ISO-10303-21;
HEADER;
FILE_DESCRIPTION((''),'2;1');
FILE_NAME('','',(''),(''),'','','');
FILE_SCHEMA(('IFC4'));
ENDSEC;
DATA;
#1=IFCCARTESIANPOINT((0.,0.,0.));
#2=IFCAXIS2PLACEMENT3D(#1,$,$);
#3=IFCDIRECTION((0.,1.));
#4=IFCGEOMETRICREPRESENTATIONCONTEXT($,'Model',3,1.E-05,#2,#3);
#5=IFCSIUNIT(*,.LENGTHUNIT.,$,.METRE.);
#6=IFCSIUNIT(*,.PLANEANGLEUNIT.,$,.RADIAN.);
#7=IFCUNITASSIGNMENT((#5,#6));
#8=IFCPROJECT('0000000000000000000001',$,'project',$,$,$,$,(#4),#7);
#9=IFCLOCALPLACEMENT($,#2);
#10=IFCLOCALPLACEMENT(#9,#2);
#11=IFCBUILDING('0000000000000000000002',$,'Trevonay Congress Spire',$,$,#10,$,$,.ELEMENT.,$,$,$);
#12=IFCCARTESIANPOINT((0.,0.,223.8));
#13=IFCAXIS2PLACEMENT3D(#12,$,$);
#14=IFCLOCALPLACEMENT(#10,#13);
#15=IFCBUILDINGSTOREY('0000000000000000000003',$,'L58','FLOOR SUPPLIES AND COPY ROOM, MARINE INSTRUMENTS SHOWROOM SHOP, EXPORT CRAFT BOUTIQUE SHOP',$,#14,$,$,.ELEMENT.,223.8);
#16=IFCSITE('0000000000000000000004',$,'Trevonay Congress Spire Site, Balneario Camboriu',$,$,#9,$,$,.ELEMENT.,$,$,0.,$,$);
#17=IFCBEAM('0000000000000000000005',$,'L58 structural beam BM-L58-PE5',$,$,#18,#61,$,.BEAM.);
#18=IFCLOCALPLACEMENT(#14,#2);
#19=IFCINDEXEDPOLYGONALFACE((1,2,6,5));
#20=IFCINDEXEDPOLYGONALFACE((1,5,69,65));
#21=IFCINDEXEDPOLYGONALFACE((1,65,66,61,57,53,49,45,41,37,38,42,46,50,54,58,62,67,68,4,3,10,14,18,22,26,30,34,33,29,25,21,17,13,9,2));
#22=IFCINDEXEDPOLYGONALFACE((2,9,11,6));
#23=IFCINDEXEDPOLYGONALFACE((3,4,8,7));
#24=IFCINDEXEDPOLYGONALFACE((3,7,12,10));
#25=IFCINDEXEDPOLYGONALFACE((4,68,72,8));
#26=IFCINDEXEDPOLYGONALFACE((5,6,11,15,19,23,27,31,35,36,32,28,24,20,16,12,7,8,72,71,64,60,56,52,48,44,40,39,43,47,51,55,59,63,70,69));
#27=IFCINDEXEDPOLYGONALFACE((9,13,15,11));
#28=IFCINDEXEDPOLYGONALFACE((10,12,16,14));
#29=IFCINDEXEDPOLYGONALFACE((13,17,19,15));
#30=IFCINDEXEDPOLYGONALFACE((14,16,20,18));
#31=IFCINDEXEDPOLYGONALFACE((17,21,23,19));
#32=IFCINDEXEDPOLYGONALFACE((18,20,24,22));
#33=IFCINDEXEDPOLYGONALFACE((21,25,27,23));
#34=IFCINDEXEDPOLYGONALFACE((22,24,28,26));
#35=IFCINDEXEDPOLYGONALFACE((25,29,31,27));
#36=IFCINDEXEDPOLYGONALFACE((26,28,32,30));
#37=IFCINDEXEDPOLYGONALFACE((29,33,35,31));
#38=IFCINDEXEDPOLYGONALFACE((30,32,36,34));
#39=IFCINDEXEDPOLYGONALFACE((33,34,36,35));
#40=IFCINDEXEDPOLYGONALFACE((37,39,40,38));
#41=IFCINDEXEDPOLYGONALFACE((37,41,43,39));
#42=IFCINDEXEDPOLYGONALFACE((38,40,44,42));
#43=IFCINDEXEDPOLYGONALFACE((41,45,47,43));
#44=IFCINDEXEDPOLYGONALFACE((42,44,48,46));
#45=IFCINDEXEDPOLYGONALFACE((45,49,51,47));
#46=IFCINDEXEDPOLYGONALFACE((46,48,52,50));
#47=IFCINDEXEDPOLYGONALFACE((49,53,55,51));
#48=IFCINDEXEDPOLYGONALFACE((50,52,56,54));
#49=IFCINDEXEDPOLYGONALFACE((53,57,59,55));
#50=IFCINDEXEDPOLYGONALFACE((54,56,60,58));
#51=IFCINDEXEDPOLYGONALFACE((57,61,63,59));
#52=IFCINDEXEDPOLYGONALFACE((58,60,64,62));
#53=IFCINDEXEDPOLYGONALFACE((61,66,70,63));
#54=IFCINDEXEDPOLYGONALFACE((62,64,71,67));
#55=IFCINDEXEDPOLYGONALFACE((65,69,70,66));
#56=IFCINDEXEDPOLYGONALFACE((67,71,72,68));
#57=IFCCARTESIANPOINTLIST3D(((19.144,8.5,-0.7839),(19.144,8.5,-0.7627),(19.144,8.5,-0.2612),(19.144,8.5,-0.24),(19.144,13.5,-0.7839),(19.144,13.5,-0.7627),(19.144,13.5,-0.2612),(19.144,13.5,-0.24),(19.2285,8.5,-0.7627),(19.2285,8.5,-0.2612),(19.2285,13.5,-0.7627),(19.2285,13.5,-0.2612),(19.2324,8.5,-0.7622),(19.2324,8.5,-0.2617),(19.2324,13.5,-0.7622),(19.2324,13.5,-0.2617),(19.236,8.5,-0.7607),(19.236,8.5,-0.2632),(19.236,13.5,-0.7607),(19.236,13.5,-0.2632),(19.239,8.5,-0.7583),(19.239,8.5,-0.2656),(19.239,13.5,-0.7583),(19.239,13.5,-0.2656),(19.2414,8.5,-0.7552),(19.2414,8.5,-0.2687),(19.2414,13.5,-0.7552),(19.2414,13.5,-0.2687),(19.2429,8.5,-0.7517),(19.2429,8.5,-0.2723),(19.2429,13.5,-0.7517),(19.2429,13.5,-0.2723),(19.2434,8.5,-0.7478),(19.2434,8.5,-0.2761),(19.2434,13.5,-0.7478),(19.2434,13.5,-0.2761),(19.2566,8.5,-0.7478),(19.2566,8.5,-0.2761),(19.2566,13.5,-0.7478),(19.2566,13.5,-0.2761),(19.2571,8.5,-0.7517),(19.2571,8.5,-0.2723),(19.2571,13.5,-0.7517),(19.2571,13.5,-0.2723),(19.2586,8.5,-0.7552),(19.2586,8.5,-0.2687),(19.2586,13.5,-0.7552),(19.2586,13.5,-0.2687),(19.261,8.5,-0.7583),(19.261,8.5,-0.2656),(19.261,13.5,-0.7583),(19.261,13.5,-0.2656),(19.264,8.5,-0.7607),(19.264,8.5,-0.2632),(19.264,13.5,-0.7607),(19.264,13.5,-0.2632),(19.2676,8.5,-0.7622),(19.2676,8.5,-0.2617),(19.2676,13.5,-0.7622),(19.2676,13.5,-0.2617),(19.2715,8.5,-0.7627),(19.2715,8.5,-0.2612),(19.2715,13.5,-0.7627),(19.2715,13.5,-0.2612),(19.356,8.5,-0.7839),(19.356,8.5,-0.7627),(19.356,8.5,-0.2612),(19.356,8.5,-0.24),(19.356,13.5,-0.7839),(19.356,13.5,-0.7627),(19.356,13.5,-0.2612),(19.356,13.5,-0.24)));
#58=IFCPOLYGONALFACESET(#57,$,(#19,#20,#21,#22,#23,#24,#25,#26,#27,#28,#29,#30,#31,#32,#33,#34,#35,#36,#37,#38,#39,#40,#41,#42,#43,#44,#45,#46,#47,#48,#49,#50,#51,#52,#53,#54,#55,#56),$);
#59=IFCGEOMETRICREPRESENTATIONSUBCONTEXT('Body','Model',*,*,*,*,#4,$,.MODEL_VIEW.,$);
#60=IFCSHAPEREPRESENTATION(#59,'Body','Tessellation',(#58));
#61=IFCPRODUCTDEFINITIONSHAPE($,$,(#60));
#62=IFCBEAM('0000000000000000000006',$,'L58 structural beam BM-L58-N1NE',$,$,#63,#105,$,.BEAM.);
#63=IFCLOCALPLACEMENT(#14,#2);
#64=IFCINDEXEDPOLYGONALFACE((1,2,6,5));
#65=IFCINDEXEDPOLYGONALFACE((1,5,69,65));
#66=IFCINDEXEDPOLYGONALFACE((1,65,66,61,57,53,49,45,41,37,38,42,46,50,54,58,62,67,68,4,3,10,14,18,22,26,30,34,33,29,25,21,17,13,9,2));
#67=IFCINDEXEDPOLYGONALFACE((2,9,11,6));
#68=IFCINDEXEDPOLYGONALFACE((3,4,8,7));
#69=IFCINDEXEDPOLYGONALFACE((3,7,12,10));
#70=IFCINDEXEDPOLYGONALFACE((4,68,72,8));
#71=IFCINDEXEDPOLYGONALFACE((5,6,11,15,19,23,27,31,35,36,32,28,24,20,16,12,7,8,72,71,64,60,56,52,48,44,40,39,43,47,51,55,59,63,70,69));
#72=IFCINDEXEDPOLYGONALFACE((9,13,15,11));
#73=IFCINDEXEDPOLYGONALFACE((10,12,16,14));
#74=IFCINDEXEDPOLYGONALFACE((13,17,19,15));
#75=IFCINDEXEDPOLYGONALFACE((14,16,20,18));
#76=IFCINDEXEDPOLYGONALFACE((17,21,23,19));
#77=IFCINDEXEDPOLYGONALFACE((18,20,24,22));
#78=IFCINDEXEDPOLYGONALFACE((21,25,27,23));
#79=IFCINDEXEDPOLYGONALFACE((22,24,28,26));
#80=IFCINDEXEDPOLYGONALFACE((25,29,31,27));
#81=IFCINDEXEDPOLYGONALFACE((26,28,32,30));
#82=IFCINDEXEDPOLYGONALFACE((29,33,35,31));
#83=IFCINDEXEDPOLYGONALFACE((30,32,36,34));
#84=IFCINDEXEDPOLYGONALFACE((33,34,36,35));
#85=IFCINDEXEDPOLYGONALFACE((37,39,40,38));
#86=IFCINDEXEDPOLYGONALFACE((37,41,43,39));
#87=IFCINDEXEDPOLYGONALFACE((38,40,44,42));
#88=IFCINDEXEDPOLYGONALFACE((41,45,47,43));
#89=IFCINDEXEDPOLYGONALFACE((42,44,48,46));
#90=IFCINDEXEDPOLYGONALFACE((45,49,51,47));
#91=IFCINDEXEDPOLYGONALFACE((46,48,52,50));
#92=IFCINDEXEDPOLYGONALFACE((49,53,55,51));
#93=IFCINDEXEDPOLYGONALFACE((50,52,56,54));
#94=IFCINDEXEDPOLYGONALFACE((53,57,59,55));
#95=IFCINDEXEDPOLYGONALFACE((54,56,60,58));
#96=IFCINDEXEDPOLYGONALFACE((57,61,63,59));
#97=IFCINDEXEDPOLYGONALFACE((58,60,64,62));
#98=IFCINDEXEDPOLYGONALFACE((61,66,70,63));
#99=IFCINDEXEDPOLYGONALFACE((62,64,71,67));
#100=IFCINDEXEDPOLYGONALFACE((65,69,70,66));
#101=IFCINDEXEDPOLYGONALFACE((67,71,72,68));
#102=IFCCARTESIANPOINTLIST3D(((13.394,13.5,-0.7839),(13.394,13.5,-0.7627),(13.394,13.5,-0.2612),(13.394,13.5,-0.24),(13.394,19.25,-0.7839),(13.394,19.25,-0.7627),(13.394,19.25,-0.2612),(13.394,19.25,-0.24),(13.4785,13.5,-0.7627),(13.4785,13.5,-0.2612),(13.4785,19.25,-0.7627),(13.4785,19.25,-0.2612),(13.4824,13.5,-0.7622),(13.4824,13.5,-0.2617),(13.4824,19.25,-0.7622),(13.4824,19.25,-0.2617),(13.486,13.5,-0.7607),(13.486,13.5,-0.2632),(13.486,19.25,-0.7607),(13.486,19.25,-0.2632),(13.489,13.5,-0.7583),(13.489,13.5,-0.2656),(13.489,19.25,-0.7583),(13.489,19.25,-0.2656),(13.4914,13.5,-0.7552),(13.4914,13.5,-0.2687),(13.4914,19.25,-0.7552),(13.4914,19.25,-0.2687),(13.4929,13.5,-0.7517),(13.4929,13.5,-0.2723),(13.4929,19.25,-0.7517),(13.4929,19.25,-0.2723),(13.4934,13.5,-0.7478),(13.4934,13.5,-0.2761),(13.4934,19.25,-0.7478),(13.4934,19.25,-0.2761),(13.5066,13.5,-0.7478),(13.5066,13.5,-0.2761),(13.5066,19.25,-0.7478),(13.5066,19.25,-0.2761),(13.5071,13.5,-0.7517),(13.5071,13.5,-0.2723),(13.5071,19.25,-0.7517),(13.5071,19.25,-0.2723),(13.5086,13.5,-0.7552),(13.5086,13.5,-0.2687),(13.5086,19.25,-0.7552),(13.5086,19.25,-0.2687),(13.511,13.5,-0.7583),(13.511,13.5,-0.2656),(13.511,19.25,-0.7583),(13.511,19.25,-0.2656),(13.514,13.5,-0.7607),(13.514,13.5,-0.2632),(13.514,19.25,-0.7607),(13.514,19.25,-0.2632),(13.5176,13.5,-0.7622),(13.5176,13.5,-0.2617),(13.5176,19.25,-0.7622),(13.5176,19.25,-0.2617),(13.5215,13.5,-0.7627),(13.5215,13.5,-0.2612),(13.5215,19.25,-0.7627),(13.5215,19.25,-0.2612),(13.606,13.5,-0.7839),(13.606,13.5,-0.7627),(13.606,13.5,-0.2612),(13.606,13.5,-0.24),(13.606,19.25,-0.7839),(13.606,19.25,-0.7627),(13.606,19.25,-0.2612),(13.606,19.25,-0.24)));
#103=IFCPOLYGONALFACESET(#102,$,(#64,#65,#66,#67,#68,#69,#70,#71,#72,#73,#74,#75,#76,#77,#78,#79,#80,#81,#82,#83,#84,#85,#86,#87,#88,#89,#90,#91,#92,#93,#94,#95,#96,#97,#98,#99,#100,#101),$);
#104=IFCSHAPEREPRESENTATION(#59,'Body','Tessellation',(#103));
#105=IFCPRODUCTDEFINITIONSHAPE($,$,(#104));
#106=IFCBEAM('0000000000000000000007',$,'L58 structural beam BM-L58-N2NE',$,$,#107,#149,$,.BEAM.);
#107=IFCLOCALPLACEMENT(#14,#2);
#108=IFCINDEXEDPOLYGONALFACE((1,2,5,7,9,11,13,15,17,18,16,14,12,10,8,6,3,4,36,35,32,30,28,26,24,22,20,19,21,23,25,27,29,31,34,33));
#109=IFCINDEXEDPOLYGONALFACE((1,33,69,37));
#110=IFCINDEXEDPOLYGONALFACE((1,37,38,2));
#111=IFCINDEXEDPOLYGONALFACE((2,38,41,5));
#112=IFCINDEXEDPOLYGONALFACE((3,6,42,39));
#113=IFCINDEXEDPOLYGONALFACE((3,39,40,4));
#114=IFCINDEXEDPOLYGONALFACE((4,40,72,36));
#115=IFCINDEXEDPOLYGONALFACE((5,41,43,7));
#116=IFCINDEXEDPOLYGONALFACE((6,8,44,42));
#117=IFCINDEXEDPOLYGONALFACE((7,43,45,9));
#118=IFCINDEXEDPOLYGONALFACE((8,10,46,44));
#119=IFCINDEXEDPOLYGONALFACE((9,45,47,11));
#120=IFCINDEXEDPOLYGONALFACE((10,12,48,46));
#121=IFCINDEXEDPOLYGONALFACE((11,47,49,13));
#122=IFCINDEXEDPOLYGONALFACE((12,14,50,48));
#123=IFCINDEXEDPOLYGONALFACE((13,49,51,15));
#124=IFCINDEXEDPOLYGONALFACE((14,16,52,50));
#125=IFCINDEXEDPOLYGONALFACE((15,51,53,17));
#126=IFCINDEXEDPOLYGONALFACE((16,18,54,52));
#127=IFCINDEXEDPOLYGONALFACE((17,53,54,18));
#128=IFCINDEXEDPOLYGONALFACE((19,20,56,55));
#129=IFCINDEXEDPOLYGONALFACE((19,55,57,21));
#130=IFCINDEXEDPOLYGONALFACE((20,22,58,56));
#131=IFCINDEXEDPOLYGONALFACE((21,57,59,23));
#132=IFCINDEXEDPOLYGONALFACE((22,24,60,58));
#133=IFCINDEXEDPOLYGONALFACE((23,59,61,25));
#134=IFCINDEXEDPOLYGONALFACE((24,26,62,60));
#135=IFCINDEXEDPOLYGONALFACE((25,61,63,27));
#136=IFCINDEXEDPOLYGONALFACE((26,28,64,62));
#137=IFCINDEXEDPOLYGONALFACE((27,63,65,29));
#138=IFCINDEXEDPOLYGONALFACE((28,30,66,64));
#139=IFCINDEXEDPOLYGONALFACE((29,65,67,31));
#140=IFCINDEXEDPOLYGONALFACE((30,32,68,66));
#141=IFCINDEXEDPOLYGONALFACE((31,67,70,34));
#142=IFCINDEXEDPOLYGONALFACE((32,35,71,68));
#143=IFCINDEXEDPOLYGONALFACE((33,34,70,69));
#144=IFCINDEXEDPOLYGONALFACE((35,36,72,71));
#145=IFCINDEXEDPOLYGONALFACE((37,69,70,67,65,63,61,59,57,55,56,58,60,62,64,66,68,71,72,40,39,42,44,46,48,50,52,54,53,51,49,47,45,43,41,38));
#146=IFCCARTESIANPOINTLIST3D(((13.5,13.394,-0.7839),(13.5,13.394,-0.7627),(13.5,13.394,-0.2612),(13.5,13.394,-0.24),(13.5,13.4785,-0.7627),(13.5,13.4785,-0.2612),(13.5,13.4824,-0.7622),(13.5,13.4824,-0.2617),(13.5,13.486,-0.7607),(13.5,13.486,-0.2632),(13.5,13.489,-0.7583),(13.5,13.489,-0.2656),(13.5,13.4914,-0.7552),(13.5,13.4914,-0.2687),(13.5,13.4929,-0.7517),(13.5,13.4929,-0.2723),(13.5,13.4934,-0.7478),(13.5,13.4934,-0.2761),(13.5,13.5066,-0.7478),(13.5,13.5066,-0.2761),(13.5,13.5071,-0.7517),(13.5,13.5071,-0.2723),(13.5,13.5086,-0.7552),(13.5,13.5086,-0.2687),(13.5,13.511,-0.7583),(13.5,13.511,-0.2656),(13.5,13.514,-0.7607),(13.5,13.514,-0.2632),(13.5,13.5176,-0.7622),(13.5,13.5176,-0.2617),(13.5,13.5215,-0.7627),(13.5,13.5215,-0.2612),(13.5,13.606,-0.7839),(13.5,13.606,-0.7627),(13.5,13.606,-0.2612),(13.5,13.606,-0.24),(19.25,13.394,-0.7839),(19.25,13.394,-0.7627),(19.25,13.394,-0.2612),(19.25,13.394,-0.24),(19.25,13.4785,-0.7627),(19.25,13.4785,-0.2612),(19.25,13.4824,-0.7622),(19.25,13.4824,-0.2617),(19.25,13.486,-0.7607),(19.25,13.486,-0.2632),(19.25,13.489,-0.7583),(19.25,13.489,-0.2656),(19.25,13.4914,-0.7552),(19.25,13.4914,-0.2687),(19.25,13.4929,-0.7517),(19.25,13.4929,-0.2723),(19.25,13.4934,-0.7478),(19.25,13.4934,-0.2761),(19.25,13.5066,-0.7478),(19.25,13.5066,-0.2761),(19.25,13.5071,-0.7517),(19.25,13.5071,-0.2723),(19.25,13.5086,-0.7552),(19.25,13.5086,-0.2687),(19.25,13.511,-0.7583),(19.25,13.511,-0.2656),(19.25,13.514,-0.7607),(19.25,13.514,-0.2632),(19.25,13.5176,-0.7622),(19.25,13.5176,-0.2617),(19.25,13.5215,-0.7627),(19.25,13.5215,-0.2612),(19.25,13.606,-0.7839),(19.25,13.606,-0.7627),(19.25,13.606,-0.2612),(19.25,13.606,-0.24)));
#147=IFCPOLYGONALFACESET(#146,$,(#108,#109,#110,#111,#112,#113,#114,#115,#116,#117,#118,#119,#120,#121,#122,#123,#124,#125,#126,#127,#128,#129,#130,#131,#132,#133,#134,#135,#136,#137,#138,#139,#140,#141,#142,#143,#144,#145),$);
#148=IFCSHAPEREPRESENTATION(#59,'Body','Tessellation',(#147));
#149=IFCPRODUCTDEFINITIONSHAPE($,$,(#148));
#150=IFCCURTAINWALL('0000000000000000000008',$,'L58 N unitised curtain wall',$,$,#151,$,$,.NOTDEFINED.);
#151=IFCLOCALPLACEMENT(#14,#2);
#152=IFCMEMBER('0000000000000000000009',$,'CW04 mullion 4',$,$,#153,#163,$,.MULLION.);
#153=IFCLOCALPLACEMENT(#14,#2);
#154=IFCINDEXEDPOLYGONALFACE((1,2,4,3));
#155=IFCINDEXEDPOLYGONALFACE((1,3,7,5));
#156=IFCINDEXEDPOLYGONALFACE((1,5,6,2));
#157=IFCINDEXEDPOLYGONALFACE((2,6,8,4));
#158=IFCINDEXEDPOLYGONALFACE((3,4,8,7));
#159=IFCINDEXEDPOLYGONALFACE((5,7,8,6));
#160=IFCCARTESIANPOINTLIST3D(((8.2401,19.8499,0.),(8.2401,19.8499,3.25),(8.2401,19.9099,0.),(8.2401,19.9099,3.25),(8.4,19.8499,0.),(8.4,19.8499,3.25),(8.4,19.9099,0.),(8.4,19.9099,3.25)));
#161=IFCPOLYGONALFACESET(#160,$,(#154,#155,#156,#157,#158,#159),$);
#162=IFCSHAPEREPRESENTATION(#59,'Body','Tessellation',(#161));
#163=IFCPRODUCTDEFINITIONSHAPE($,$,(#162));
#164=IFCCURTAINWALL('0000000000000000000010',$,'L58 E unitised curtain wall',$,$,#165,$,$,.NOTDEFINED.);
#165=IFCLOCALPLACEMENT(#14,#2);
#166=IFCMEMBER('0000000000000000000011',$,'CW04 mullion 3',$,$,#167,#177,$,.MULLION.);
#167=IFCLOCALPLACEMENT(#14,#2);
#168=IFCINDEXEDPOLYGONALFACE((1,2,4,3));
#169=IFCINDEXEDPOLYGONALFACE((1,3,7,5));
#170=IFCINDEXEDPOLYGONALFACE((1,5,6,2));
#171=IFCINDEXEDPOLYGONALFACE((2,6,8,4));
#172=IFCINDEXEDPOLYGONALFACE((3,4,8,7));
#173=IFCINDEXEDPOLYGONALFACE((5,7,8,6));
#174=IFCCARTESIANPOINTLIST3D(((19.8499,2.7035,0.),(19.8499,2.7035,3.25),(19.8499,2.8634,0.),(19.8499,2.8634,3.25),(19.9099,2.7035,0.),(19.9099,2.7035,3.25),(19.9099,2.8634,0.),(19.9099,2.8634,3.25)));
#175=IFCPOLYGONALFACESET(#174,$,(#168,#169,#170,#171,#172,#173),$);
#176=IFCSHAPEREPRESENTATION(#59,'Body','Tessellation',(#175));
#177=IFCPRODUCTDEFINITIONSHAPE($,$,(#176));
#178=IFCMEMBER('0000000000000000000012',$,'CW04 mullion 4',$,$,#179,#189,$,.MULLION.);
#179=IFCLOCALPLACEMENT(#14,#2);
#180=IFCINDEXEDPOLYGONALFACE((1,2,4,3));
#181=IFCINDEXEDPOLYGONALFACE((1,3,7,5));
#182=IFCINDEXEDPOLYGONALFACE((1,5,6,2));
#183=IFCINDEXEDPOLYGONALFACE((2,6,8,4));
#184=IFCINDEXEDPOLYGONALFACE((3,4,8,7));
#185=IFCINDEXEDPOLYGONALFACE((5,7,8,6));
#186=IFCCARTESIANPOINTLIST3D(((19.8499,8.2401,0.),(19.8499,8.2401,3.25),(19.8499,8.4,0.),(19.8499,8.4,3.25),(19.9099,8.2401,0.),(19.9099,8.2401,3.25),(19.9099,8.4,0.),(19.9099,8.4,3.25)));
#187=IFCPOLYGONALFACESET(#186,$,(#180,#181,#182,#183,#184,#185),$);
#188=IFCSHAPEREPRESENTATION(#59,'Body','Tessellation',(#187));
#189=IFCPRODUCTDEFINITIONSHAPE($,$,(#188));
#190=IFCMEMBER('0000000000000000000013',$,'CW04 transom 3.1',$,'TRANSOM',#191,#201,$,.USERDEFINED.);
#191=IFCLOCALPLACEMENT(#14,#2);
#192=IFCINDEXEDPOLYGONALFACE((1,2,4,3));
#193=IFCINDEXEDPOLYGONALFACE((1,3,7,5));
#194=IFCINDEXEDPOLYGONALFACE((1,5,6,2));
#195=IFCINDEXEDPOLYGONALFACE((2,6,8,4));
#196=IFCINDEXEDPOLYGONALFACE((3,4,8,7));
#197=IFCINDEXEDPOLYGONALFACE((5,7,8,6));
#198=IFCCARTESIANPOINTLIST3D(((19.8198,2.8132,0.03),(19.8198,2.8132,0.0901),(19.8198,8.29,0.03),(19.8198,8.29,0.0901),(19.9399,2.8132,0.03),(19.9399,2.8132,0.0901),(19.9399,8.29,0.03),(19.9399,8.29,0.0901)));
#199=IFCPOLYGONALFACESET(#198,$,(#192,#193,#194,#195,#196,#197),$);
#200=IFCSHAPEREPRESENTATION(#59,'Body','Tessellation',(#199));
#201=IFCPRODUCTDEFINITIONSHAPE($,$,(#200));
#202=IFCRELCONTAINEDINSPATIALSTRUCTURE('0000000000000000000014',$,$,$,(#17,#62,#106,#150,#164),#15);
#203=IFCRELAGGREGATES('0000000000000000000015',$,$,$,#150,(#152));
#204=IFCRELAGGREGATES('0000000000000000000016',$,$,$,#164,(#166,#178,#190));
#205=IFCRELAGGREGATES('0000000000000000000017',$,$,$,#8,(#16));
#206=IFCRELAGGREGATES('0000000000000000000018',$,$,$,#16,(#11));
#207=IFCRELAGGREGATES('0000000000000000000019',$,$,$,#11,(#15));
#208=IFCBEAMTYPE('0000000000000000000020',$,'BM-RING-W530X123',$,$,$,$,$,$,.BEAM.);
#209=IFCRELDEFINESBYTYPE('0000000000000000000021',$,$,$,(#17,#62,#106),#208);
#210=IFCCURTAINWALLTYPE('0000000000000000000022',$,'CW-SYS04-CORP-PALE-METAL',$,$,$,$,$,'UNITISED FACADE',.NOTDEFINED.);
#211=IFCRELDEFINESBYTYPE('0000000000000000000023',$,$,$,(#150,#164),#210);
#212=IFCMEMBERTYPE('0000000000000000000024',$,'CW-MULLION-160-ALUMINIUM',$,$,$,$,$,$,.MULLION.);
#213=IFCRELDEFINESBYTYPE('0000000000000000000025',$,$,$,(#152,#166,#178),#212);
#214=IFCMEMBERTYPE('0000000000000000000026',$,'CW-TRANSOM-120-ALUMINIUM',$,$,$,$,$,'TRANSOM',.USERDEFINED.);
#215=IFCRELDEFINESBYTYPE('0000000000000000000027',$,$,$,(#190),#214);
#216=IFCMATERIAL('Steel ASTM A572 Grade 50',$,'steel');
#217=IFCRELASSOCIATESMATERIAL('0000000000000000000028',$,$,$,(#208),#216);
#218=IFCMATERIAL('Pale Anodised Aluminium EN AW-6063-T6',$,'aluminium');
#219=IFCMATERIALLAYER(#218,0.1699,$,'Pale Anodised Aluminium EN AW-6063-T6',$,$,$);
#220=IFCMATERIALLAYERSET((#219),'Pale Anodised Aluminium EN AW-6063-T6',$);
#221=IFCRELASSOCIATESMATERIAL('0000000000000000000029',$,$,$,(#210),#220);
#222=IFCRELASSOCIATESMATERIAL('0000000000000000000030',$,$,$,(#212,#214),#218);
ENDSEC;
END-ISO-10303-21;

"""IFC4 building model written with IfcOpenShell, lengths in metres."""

from ifc_helpers import new_model, si_unit, direction, frame, origin, origin_2d, place, context, subcontext, project, spatial, rectangle, i_section, extrude, material, layer, layer_set, material_profile, profile_set, type_object, element, aggregate, save


model = new_model("IFC4")

# Units and contexts
model_context = context("Model", 3, precision=1e-05, world=origin(), true_north=direction((0.0, 1.0)))
body_context = subcontext(model_context, "Body", "Model", "MODEL_VIEW")
ifc_project = project(units=[si_unit("LENGTHUNIT", "METRE"), si_unit("PLANEANGLEUNIT", "RADIAN")], contexts=[model_context])

# Site, building, storey
site_placement = place(None, origin())
site = spatial("IfcSite", under=ifc_project, at=site_placement, Name="Trevonay Congress Spire Site, Balneario Camboriu", CompositionType="ELEMENT", RefElevation=0.0)
building_placement = place(site_placement, origin())
building = spatial("IfcBuilding", under=site, at=building_placement, Name="Trevonay Congress Spire", CompositionType="ELEMENT")
storey_placement = place(building_placement, frame((0.0, 0.0, 223.8)))
storey = spatial("IfcBuildingStorey", under=building, at=storey_placement, Name="L58", Description="FLOOR SUPPLIES AND COPY ROOM, MARINE INSTRUMENTS SHOWROOM SHOP, EXPORT CRAFT BOUTIQUE SHOP", CompositionType="ELEMENT", Elevation=223.8)

# Shared definitions
ifc_material_1 = material(Name="Steel ASTM A572 Grade 50", Category="steel")

# Beams
ifc_material_profile_1 = material_profile(ifc_material_1, i_section(OverallWidth=0.2119, OverallDepth=0.5439, WebThickness=0.0132, FlangeThickness=0.0212, FilletRadius=0.0149, at=origin_2d()), Name="W530x123")
ifc_profile_set_1 = profile_set([ifc_material_profile_1], Name="Steel ASTM A572 Grade 50")
beam_type_1 = type_object("IfcBeamType", Name="BM-RING-W530X123", PredefinedType="BEAM", material=ifc_profile_set_1)
for number, where, z_axis, x_axis, name in (
    (1, (19.25, 8.5, -0.512), (0.0, 1.0, 0.0), (-1.0, 0.0, 0.0), "L58 structural beam BM-L58-PE5"),
):
    element("IfcBeam", number, at=place(storey_placement, frame(where, z_axis=z_axis, x_axis=x_axis)), inside=storey, type_object=beam_type_1, Name=name, PredefinedType="BEAM", context=body_context, shape_type="SweptSolid", body=[
        extrude(i_section(OverallWidth=0.2119, OverallDepth=0.5439, WebThickness=0.0132, FlangeThickness=0.0212, FilletRadius=0.0149, at=origin_2d()), origin(), (0.0, 0.0, 1.0), 5.0),
    ])
for number, where, z_axis, x_axis, name in (
    (2, (13.5, 19.25, -0.512), (0.0, -1.0, 0.0), (1.0, 0.0, 0.0), "L58 structural beam BM-L58-N1NE"),
    (3, (19.25, 13.5, -0.512), (-1.0, 0.0, 0.0), (0.0, -1.0, 0.0), "L58 structural beam BM-L58-N2NE"),
):
    element("IfcBeam", number, at=place(storey_placement, frame(where, z_axis=z_axis, x_axis=x_axis)), inside=storey, type_object=beam_type_1, Name=name, PredefinedType="BEAM", context=body_context, shape_type="SweptSolid", body=[
        extrude(i_section(OverallWidth=0.2119, OverallDepth=0.5439, WebThickness=0.0132, FlangeThickness=0.0212, FilletRadius=0.0149, at=origin_2d()), origin(), (0.0, 0.0, 1.0), 5.75),
    ])

# Curtain wall, member
ifc_material_2 = material(Name="Pale Anodised Aluminium EN AW-6063-T6", Category="aluminium")
ifc_layer_1 = layer(ifc_material_2, 0.1699, Name="Pale Anodised Aluminium EN AW-6063-T6")
ifc_layer_set_1 = layer_set([ifc_layer_1], Name="Pale Anodised Aluminium EN AW-6063-T6")
curtain_wall_type = type_object("IfcCurtainWallType", Name="CW-SYS04-CORP-PALE-METAL", ElementType="UNITISED FACADE", PredefinedType="NOTDEFINED", material=ifc_layer_set_1)
curtain_wall_1_placement = place(storey_placement, origin())
curtain_wall_1 = element("IfcCurtainWall", 4, at=curtain_wall_1_placement, inside=storey, type_object=curtain_wall_type, Name="L58 N unitised curtain wall", PredefinedType="NOTDEFINED")
ifc_material_profile_2 = material_profile(ifc_material_2, rectangle(XDim=0.0601, YDim=0.1599, at=origin_2d()), Name="CW-MULLION-160-ALUMINIUM")
ifc_profile_set_2 = profile_set([ifc_material_profile_2], Name="Pale Anodised Aluminium EN AW-6063-T6")
member_type_1 = type_object("IfcMemberType", Name="CW-MULLION-160-ALUMINIUM", PredefinedType="MULLION", material=ifc_profile_set_2)
member_1_placement = place(storey_placement, frame((8.3201, 19.8799, 0.0), z_axis=(0.0, 0.0, 1.0), x_axis=(0.0, 1.0, 0.0)))
member_1 = element("IfcMember", 5, at=member_1_placement, type_object=member_type_1, Name="CW04 mullion 4", PredefinedType="MULLION", context=body_context, shape_type="SweptSolid", body=[
    extrude(rectangle(XDim=0.0601, YDim=0.1599, at=origin_2d()), origin(), (0.0, 0.0, 1.0), 3.25),
])
aggregate(curtain_wall_1, [member_1])

# Curtain wall, members
curtain_wall_2_placement = place(storey_placement, origin())
curtain_wall_2 = element("IfcCurtainWall", 6, at=curtain_wall_2_placement, inside=storey, type_object=curtain_wall_type, Name="L58 E unitised curtain wall", PredefinedType="NOTDEFINED")
member_2_placement = place(storey_placement, frame((19.8799, 2.7834, 0.0), z_axis=(0.0, 0.0, 1.0), x_axis=(-1.0, 0.0, 0.0)))
member_2 = element("IfcMember", 7, at=member_2_placement, type_object=member_type_1, Name="CW04 mullion 3", PredefinedType="MULLION", context=body_context, shape_type="SweptSolid", body=[
    extrude(rectangle(XDim=0.0601, YDim=0.1599, at=origin_2d()), origin(), (0.0, 0.0, 1.0), 3.25),
])
member_3_placement = place(storey_placement, frame((19.8799, 8.3201, 0.0), z_axis=(0.0, 0.0, 1.0), x_axis=(-1.0, 0.0, 0.0)))
member_3 = element("IfcMember", 8, at=member_3_placement, type_object=member_type_1, Name="CW04 mullion 4", PredefinedType="MULLION", context=body_context, shape_type="SweptSolid", body=[
    extrude(rectangle(XDim=0.0601, YDim=0.1599, at=origin_2d()), origin(), (0.0, 0.0, 1.0), 3.25),
])
ifc_material_profile_3 = material_profile(ifc_material_2, rectangle(XDim=0.1201, YDim=0.0601, at=origin_2d()), Name="CW-TRANSOM-120-ALUMINIUM")
ifc_profile_set_3 = profile_set([ifc_material_profile_3], Name="Pale Anodised Aluminium EN AW-6063-T6")
member_type_2 = type_object("IfcMemberType", Name="CW-TRANSOM-120-ALUMINIUM", ElementType="TRANSOM", PredefinedType="USERDEFINED", material=ifc_profile_set_3)
member_4_placement = place(storey_placement, frame((19.8799, 2.8132, 0.0601), z_axis=(0.0, 1.0, 0.0), x_axis=(-1.0, 0.0, 0.0)))
member_4 = element("IfcMember", 9, at=member_4_placement, type_object=member_type_2, Name="CW04 transom 3.1", ObjectType="TRANSOM", PredefinedType="USERDEFINED", context=body_context, shape_type="SweptSolid", body=[
    extrude(rectangle(XDim=0.1201, YDim=0.0601, at=origin_2d()), origin(), (0.0, 0.0, 1.0), 5.4768),
])

aggregate(curtain_wall_2, [member_2, member_3, member_4])

save(model, "model.ifc")
